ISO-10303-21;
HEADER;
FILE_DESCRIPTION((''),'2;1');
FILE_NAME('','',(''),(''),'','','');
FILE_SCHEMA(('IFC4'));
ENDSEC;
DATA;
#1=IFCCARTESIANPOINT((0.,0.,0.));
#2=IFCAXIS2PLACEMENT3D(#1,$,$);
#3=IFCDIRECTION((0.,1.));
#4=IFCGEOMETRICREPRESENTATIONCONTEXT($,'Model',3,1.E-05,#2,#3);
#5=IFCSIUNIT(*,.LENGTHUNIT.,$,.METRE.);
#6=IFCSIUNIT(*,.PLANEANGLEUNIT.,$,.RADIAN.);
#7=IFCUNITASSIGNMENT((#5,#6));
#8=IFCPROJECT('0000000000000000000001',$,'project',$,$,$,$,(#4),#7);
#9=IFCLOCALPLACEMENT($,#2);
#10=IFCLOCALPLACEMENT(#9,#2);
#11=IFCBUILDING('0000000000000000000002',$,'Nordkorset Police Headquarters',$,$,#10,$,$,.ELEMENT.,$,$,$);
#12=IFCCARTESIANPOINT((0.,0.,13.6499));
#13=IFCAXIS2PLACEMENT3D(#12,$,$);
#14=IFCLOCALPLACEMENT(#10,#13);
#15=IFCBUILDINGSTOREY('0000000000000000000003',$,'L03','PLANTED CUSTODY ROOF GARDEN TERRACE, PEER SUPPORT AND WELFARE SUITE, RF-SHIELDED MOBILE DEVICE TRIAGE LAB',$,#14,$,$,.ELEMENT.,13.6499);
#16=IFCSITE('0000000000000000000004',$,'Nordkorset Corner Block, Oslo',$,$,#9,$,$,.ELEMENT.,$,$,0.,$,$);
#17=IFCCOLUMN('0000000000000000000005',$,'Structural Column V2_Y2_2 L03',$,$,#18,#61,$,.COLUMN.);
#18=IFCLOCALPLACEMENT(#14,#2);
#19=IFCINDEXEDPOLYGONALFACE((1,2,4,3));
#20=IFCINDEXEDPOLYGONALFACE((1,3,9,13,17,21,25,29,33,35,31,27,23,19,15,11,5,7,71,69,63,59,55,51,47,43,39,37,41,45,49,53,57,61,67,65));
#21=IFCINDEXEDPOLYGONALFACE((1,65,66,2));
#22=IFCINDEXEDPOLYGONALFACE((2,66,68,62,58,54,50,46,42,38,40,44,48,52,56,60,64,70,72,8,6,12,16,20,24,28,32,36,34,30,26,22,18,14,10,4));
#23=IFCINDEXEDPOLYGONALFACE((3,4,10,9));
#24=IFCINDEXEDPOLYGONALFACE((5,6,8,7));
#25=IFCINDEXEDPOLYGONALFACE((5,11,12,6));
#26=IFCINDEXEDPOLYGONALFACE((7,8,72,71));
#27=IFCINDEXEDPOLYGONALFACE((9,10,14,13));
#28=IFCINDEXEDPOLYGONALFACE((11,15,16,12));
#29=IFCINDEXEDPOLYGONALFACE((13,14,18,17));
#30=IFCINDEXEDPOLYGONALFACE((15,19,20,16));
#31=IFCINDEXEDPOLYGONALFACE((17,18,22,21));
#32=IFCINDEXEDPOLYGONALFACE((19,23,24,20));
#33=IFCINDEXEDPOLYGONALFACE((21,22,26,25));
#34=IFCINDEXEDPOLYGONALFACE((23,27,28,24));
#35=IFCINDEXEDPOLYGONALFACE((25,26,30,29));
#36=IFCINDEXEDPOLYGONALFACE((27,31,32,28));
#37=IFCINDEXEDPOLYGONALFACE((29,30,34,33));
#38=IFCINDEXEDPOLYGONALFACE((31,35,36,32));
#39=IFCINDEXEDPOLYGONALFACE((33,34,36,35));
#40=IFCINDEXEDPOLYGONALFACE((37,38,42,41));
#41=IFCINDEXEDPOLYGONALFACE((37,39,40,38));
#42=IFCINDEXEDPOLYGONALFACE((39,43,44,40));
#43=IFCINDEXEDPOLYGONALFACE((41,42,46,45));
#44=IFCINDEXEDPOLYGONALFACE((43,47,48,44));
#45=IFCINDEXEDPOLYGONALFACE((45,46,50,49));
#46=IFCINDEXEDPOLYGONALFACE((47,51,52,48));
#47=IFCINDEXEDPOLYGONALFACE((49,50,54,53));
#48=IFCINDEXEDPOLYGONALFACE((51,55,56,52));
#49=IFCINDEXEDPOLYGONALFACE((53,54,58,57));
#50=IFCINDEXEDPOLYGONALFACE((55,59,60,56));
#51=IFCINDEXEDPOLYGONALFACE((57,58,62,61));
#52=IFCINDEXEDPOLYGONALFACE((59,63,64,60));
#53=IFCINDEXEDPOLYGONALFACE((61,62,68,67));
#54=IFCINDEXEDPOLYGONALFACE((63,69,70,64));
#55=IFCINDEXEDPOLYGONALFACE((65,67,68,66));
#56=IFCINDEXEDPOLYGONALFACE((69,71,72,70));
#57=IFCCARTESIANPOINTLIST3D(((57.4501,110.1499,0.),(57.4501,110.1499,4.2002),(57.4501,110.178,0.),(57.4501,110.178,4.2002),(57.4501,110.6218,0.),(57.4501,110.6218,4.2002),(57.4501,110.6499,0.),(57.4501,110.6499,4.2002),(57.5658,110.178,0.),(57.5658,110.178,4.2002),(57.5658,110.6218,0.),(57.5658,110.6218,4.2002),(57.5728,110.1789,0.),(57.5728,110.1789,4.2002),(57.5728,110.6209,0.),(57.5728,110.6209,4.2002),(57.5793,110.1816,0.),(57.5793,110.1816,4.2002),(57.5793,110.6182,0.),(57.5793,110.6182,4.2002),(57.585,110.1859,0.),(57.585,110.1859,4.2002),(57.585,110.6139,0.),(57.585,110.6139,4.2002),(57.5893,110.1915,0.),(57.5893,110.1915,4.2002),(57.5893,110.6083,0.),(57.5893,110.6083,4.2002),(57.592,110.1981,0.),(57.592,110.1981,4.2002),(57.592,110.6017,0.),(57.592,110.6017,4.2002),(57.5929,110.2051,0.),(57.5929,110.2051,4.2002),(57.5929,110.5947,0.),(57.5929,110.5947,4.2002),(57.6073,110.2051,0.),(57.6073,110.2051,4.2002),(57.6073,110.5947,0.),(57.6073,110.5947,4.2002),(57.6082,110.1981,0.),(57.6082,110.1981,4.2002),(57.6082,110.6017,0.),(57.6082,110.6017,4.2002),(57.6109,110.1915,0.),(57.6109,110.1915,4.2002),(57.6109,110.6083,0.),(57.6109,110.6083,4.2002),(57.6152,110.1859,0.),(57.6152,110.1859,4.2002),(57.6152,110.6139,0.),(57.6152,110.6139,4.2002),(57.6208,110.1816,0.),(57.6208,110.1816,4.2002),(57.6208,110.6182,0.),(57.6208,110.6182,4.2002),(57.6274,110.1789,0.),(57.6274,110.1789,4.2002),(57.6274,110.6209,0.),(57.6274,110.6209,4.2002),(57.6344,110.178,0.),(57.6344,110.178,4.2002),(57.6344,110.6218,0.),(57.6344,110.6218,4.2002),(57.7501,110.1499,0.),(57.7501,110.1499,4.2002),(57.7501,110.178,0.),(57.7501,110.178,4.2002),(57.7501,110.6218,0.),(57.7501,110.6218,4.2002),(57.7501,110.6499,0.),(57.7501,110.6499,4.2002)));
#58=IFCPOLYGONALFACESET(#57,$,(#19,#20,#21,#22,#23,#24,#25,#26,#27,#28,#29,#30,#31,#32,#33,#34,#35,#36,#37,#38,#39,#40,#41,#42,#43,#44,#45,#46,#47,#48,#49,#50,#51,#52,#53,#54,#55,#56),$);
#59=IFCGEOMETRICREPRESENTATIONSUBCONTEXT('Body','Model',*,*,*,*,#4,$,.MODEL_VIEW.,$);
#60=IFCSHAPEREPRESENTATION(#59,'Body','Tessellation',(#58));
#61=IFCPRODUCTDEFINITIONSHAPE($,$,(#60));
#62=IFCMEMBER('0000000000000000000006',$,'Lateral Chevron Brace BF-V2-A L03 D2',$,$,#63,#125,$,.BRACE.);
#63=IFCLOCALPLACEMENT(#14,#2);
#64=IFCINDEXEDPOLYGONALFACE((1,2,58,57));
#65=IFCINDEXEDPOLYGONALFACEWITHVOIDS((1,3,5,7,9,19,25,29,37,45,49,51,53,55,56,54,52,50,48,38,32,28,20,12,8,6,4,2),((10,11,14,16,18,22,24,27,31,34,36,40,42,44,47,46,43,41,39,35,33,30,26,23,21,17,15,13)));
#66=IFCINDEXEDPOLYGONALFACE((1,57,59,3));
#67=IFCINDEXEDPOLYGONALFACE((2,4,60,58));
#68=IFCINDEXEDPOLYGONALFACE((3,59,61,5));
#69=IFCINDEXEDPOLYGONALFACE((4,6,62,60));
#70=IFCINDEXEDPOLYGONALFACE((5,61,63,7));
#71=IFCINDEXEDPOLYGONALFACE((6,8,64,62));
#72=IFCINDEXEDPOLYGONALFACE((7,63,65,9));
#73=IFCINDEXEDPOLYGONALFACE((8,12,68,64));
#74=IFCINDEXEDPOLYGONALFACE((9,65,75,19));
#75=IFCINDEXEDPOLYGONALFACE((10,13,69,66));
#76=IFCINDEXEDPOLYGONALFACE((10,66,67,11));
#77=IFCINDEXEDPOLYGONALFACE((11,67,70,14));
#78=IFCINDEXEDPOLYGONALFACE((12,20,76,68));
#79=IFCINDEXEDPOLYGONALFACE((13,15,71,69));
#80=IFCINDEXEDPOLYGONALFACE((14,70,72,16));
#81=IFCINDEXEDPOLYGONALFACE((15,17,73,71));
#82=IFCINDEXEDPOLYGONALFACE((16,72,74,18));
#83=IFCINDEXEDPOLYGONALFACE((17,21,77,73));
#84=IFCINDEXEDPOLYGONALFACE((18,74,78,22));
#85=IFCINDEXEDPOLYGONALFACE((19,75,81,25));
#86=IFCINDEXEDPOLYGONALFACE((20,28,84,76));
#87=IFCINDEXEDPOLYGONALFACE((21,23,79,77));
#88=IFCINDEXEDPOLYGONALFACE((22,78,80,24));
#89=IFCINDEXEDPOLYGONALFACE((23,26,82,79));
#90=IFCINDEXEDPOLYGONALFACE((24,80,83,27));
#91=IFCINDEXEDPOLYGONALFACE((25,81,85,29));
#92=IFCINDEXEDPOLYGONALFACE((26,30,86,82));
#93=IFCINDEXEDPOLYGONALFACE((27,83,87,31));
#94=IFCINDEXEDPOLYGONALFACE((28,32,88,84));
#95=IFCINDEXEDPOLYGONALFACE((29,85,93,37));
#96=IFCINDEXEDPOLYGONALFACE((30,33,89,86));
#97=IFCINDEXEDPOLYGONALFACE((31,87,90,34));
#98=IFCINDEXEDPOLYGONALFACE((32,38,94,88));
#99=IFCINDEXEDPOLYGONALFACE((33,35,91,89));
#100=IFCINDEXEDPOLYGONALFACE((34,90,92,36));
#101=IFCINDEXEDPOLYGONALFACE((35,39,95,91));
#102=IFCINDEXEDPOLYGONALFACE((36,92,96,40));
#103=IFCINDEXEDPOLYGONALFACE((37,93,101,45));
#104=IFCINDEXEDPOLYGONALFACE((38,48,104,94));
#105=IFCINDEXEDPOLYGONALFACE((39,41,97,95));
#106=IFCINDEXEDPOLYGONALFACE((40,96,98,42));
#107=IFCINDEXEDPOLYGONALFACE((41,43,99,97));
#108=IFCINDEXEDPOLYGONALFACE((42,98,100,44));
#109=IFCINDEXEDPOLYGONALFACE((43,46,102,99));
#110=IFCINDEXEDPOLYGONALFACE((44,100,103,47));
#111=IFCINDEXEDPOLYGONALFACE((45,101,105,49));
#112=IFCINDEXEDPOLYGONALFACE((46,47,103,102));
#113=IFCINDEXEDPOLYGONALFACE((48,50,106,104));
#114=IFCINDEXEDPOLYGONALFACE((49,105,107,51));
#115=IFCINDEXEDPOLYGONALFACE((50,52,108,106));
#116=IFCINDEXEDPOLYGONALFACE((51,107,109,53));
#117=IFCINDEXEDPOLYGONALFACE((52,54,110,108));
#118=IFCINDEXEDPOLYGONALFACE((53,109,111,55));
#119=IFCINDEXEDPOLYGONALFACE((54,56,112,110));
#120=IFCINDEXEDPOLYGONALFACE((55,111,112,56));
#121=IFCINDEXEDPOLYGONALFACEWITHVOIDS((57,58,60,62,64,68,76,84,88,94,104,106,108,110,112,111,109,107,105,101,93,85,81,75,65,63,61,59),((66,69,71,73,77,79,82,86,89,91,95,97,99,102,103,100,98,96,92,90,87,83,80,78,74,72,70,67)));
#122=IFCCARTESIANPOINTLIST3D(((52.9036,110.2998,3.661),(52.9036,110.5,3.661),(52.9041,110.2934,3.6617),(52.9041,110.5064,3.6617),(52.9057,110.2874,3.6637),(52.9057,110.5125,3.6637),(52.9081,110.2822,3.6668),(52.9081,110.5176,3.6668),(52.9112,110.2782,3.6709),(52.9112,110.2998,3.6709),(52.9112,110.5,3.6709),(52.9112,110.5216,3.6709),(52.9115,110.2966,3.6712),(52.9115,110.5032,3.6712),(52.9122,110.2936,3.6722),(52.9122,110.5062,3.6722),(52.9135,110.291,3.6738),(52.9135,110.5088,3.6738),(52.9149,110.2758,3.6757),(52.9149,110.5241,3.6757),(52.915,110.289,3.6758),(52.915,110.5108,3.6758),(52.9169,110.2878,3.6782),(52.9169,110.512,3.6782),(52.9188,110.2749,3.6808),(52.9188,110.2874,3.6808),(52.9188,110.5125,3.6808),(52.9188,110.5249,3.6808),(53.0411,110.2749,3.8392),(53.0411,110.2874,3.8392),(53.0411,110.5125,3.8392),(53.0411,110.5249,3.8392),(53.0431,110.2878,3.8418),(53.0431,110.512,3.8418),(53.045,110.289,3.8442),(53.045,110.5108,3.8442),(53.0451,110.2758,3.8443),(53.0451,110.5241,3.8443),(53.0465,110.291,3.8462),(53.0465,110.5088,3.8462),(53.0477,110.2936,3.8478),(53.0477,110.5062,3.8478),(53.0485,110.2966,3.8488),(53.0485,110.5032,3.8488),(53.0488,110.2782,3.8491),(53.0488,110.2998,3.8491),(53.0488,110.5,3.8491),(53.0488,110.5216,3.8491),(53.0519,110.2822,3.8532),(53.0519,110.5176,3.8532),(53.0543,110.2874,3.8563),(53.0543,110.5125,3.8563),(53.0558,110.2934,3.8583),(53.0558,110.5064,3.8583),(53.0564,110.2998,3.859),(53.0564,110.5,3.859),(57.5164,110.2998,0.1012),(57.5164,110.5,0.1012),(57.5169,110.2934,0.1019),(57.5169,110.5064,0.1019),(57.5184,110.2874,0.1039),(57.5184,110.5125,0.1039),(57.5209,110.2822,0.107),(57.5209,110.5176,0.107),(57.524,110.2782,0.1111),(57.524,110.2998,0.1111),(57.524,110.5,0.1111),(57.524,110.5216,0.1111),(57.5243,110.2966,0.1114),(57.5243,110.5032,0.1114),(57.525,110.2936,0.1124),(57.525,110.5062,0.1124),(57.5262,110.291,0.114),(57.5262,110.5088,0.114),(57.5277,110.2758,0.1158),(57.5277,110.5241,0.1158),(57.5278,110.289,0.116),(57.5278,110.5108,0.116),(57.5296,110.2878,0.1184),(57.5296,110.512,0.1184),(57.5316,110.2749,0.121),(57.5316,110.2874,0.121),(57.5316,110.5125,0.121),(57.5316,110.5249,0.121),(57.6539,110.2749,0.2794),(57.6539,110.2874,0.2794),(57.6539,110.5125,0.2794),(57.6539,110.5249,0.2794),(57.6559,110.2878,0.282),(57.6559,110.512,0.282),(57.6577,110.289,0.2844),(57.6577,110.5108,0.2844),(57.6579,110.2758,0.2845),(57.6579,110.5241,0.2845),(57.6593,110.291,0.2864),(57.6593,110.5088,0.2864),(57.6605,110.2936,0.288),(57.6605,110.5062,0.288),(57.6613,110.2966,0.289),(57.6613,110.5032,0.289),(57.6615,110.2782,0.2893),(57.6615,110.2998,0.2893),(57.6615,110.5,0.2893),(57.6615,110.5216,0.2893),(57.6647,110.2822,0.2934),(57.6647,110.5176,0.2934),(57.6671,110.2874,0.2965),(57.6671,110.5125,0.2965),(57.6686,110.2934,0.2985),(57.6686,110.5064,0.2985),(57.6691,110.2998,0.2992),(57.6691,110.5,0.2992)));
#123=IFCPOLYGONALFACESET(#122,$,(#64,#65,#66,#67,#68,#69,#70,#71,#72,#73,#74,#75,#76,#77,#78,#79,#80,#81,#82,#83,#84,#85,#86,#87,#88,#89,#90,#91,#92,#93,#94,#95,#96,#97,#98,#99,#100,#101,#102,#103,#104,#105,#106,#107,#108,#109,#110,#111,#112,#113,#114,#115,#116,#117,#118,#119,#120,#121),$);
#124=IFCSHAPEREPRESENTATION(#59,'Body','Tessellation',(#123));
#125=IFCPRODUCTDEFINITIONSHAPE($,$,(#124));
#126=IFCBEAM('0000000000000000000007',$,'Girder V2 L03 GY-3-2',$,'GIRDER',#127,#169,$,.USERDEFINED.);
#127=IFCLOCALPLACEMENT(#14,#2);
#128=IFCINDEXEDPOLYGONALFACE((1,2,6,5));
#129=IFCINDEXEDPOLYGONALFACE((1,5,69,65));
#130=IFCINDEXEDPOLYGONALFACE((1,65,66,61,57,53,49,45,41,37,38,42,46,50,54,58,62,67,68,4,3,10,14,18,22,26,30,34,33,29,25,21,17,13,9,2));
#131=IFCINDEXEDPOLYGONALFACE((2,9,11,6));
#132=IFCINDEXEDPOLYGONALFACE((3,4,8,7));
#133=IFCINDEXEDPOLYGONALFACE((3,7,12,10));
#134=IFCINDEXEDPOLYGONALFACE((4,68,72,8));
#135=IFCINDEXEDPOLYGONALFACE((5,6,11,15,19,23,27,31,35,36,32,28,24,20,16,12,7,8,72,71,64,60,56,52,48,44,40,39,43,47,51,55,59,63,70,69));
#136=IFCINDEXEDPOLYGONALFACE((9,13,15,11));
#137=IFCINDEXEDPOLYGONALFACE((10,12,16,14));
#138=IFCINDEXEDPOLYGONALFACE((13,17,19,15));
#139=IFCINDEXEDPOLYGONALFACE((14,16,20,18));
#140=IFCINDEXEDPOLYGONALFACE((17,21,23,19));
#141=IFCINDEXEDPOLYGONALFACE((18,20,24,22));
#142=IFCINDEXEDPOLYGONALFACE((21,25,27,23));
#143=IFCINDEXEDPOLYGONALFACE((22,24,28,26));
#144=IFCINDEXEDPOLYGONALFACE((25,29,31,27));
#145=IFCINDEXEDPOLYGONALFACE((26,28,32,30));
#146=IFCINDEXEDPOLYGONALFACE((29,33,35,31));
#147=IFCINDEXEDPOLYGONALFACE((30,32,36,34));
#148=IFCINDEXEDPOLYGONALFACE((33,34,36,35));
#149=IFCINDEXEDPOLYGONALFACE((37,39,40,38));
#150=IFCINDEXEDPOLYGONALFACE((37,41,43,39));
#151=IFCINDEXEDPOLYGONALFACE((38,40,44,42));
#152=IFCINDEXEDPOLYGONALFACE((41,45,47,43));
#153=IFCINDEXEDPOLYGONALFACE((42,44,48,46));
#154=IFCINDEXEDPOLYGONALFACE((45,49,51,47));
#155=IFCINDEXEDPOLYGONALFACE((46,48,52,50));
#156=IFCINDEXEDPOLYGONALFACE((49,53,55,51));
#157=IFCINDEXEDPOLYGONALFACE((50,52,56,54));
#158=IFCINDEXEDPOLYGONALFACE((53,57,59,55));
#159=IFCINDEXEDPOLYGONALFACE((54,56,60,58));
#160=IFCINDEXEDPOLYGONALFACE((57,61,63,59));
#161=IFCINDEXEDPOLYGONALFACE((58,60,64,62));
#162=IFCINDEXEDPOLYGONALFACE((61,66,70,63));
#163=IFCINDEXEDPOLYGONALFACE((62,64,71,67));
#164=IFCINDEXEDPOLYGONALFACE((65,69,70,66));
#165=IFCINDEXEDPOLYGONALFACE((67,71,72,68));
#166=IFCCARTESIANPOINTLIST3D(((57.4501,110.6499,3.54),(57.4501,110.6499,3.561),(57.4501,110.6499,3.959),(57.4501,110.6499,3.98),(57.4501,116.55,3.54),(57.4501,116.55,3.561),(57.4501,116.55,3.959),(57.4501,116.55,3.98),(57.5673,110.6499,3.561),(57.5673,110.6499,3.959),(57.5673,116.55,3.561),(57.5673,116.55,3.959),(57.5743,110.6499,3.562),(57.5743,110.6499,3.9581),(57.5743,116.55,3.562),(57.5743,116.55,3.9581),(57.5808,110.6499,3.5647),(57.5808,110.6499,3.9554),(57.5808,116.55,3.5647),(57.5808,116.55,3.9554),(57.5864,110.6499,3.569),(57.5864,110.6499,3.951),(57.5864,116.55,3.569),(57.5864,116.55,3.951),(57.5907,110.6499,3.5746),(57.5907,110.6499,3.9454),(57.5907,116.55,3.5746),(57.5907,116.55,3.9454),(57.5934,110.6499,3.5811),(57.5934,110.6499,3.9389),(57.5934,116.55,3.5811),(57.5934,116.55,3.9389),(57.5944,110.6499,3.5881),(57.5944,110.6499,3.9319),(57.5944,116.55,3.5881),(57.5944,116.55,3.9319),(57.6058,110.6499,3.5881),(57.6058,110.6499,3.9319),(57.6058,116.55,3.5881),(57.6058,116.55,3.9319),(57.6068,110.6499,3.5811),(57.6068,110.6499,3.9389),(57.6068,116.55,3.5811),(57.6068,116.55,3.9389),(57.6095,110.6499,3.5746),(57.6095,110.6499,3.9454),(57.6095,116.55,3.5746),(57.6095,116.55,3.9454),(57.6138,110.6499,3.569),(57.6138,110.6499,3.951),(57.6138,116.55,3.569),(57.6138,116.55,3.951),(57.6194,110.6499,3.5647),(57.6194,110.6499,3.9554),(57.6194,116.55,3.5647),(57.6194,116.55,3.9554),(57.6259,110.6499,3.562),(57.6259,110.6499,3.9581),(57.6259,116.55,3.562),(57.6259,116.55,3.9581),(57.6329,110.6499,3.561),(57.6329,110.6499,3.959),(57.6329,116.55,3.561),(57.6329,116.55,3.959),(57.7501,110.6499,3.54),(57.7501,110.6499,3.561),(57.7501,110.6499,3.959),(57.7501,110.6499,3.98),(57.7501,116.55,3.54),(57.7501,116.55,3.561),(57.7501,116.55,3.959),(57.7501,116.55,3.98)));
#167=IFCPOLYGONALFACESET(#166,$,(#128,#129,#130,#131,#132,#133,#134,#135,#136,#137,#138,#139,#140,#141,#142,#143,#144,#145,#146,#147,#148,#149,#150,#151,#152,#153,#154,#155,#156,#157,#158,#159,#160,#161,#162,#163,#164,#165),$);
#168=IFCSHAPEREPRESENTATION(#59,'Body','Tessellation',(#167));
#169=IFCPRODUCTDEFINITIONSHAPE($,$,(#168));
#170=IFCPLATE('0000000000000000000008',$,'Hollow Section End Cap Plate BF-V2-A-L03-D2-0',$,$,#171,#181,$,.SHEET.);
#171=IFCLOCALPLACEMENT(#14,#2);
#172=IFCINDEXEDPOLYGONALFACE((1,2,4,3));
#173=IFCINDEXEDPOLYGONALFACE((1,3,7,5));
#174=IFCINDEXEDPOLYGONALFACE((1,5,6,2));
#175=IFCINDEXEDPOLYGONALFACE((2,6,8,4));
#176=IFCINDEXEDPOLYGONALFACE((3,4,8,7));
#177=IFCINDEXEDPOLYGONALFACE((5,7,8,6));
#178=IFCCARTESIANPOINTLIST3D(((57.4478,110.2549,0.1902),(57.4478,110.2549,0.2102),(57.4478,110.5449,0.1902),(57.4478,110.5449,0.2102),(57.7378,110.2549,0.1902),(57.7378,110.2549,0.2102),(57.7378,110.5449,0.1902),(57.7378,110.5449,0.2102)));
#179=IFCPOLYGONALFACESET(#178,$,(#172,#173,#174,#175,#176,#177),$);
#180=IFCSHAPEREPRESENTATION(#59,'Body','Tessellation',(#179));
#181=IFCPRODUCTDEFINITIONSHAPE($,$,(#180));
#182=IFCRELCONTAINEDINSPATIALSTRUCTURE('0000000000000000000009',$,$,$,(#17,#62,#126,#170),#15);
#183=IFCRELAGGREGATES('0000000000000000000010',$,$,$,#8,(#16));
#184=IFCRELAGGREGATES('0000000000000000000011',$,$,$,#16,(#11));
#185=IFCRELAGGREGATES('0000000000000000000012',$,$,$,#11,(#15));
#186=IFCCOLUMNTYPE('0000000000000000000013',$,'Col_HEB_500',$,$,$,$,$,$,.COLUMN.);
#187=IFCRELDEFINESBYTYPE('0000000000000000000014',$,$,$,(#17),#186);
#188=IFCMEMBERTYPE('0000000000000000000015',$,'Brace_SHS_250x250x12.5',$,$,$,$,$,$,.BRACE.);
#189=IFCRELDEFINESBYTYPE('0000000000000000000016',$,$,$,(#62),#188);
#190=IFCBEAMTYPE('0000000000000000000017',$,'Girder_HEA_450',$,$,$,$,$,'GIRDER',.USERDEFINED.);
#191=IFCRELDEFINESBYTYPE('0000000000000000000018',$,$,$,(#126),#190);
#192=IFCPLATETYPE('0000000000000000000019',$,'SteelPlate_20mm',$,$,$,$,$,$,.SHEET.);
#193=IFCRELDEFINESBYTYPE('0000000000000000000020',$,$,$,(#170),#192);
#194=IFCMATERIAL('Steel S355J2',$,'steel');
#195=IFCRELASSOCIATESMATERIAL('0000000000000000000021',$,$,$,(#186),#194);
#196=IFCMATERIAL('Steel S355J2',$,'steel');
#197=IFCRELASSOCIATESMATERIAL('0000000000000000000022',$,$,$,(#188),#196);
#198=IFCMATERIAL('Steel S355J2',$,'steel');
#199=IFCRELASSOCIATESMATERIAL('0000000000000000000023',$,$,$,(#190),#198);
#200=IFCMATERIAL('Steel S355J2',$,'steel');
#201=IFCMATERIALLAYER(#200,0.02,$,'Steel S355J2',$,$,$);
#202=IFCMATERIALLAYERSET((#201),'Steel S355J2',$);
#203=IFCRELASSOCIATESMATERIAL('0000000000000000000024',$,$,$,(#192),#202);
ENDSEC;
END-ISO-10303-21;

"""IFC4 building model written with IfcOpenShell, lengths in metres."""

from ifc_helpers import new_model, si_unit, direction, frame, origin, origin_2d, place, context, subcontext, project, spatial, rectangle, hollow_rectangle, i_section, extrude, material, layer, layer_set, material_profile, profile_set, type_object, element, save


model = new_model("IFC4")

# Units and contexts
model_context = context("Model", 3, precision=1e-05, world=origin(), true_north=direction((0.0, 1.0)))
body_context = subcontext(model_context, "Body", "Model", "MODEL_VIEW")
ifc_project = project(units=[si_unit("LENGTHUNIT", "METRE"), si_unit("PLANEANGLEUNIT", "RADIAN")], contexts=[model_context])

# Site, building, storey
site_placement = place(None, origin())
site = spatial("IfcSite", under=ifc_project, at=site_placement, Name="Nordkorset Corner Block, Oslo", CompositionType="ELEMENT", RefElevation=0.0)
building_placement = place(site_placement, origin())
building = spatial("IfcBuilding", under=site, at=building_placement, Name="Nordkorset Police Headquarters", CompositionType="ELEMENT")
storey_placement = place(building_placement, frame((0.0, 0.0, 13.6499)))
storey = spatial("IfcBuildingStorey", under=building, at=storey_placement, Name="L03", Description="PLANTED CUSTODY ROOF GARDEN TERRACE, PEER SUPPORT AND WELFARE SUITE, RF-SHIELDED MOBILE DEVICE TRIAGE LAB", CompositionType="ELEMENT", Elevation=13.6499)

# Column
ifc_material_1 = material(Name="Steel S355J2", Category="steel")
ifc_material_profile_1 = material_profile(ifc_material_1, i_section(OverallWidth=0.3, OverallDepth=0.5, WebThickness=0.0144, FlangeThickness=0.0281, FilletRadius=0.0271, at=origin_2d()), Name="HEB 500")
ifc_profile_set_1 = profile_set([ifc_material_profile_1], Name="Steel S355J2")
column_type = type_object("IfcColumnType", Name="Col_HEB_500", PredefinedType="COLUMN", material=ifc_profile_set_1)
column_placement = place(storey_placement, frame((57.6001, 110.3999, 0.0), z_axis=(0.0, 0.0, 1.0), x_axis=(1.0, 0.0, 0.0)))
element("IfcColumn", 1, at=column_placement, inside=storey, type_object=column_type, Name="Structural Column V2_Y2_2 L03", PredefinedType="COLUMN", context=body_context, shape_type="SweptSolid", body=[
    extrude(i_section(OverallWidth=0.3, OverallDepth=0.5, WebThickness=0.0144, FlangeThickness=0.0281, FilletRadius=0.0271, at=origin_2d()), origin(), (0.0, 0.0, 1.0), 4.2002),
])

# Member
ifc_material_2 = material(Name="Steel S355J2", Category="steel")
ifc_material_profile_2 = material_profile(ifc_material_2, hollow_rectangle(XDim=0.25, YDim=0.25, WallThickness=0.0125, InnerFilletRadius=0.0125, OuterFilletRadius=0.0249, at=origin_2d()), Name="SHS 250x250x12.5")
ifc_profile_set_2 = profile_set([ifc_material_profile_2], Name="Steel S355J2")
member_type = type_object("IfcMemberType", Name="Brace_SHS_250x250x12.5", PredefinedType="BRACE", material=ifc_profile_set_2)
member_placement = place(storey_placement, frame((57.5928, 110.3999, 0.2002), z_axis=(-0.791668, 0.0, 0.610951), x_axis=(0.0, -1.0, 0.0)))
element("IfcMember", 2, at=member_placement, inside=storey, type_object=member_type, Name="Lateral Chevron Brace BF-V2-A L03 D2", PredefinedType="BRACE", context=body_context, shape_type="SweptSolid", body=[
    extrude(hollow_rectangle(XDim=0.25, YDim=0.25, WallThickness=0.0125, InnerFilletRadius=0.0125, OuterFilletRadius=0.0249, at=origin_2d()), origin(), (0.0, 0.0, 1.0), 5.8267),
])

# Beam
ifc_material_3 = material(Name="Steel S355J2", Category="steel")
ifc_material_profile_3 = material_profile(ifc_material_3, i_section(OverallWidth=0.3, OverallDepth=0.4399, WebThickness=0.0115, FlangeThickness=0.021, FilletRadius=0.0271, at=origin_2d()), Name="HEA 450")
ifc_profile_set_3 = profile_set([ifc_material_profile_3], Name="Steel S355J2")
beam_type = type_object("IfcBeamType", Name="Girder_HEA_450", ElementType="GIRDER", PredefinedType="USERDEFINED", material=ifc_profile_set_3)
beam_placement = place(storey_placement, frame((57.6001, 110.6499, 3.76), z_axis=(0.0, 1.0, 0.0), x_axis=(-1.0, 0.0, 0.0)))
element("IfcBeam", 3, at=beam_placement, inside=storey, type_object=beam_type, Name="Girder V2 L03 GY-3-2", ObjectType="GIRDER", PredefinedType="USERDEFINED", context=body_context, shape_type="SweptSolid", body=[
    extrude(i_section(OverallWidth=0.3, OverallDepth=0.4399, WebThickness=0.0115, FlangeThickness=0.021, FilletRadius=0.0271, at=origin_2d()), origin(), (0.0, 0.0, 1.0), 5.9001),
])

# Plate
ifc_material_4 = material(Name="Steel S355J2", Category="steel")
ifc_layer_1 = layer(ifc_material_4, 0.02, Name="Steel S355J2")
ifc_layer_set_1 = layer_set([ifc_layer_1], Name="Steel S355J2")
plate_type = type_object("IfcPlateType", Name="SteelPlate_20mm", PredefinedType="SHEET", material=ifc_layer_set_1)
plate_placement = place(storey_placement, frame((57.5928, 110.3999, 0.1902), z_axis=(0.0, 0.0, 1.0), x_axis=(1.0, 0.0, 0.0)))
element("IfcPlate", 4, at=plate_placement, inside=storey, type_object=plate_type, Name="Hollow Section End Cap Plate BF-V2-A-L03-D2-0", PredefinedType="SHEET", context=body_context, shape_type="SweptSolid", body=[
    extrude(rectangle(XDim=0.29, YDim=0.29, at=origin_2d()), origin(), (0.0, 0.0, 1.0), 0.02),
])

save(model, "model.ifc")
